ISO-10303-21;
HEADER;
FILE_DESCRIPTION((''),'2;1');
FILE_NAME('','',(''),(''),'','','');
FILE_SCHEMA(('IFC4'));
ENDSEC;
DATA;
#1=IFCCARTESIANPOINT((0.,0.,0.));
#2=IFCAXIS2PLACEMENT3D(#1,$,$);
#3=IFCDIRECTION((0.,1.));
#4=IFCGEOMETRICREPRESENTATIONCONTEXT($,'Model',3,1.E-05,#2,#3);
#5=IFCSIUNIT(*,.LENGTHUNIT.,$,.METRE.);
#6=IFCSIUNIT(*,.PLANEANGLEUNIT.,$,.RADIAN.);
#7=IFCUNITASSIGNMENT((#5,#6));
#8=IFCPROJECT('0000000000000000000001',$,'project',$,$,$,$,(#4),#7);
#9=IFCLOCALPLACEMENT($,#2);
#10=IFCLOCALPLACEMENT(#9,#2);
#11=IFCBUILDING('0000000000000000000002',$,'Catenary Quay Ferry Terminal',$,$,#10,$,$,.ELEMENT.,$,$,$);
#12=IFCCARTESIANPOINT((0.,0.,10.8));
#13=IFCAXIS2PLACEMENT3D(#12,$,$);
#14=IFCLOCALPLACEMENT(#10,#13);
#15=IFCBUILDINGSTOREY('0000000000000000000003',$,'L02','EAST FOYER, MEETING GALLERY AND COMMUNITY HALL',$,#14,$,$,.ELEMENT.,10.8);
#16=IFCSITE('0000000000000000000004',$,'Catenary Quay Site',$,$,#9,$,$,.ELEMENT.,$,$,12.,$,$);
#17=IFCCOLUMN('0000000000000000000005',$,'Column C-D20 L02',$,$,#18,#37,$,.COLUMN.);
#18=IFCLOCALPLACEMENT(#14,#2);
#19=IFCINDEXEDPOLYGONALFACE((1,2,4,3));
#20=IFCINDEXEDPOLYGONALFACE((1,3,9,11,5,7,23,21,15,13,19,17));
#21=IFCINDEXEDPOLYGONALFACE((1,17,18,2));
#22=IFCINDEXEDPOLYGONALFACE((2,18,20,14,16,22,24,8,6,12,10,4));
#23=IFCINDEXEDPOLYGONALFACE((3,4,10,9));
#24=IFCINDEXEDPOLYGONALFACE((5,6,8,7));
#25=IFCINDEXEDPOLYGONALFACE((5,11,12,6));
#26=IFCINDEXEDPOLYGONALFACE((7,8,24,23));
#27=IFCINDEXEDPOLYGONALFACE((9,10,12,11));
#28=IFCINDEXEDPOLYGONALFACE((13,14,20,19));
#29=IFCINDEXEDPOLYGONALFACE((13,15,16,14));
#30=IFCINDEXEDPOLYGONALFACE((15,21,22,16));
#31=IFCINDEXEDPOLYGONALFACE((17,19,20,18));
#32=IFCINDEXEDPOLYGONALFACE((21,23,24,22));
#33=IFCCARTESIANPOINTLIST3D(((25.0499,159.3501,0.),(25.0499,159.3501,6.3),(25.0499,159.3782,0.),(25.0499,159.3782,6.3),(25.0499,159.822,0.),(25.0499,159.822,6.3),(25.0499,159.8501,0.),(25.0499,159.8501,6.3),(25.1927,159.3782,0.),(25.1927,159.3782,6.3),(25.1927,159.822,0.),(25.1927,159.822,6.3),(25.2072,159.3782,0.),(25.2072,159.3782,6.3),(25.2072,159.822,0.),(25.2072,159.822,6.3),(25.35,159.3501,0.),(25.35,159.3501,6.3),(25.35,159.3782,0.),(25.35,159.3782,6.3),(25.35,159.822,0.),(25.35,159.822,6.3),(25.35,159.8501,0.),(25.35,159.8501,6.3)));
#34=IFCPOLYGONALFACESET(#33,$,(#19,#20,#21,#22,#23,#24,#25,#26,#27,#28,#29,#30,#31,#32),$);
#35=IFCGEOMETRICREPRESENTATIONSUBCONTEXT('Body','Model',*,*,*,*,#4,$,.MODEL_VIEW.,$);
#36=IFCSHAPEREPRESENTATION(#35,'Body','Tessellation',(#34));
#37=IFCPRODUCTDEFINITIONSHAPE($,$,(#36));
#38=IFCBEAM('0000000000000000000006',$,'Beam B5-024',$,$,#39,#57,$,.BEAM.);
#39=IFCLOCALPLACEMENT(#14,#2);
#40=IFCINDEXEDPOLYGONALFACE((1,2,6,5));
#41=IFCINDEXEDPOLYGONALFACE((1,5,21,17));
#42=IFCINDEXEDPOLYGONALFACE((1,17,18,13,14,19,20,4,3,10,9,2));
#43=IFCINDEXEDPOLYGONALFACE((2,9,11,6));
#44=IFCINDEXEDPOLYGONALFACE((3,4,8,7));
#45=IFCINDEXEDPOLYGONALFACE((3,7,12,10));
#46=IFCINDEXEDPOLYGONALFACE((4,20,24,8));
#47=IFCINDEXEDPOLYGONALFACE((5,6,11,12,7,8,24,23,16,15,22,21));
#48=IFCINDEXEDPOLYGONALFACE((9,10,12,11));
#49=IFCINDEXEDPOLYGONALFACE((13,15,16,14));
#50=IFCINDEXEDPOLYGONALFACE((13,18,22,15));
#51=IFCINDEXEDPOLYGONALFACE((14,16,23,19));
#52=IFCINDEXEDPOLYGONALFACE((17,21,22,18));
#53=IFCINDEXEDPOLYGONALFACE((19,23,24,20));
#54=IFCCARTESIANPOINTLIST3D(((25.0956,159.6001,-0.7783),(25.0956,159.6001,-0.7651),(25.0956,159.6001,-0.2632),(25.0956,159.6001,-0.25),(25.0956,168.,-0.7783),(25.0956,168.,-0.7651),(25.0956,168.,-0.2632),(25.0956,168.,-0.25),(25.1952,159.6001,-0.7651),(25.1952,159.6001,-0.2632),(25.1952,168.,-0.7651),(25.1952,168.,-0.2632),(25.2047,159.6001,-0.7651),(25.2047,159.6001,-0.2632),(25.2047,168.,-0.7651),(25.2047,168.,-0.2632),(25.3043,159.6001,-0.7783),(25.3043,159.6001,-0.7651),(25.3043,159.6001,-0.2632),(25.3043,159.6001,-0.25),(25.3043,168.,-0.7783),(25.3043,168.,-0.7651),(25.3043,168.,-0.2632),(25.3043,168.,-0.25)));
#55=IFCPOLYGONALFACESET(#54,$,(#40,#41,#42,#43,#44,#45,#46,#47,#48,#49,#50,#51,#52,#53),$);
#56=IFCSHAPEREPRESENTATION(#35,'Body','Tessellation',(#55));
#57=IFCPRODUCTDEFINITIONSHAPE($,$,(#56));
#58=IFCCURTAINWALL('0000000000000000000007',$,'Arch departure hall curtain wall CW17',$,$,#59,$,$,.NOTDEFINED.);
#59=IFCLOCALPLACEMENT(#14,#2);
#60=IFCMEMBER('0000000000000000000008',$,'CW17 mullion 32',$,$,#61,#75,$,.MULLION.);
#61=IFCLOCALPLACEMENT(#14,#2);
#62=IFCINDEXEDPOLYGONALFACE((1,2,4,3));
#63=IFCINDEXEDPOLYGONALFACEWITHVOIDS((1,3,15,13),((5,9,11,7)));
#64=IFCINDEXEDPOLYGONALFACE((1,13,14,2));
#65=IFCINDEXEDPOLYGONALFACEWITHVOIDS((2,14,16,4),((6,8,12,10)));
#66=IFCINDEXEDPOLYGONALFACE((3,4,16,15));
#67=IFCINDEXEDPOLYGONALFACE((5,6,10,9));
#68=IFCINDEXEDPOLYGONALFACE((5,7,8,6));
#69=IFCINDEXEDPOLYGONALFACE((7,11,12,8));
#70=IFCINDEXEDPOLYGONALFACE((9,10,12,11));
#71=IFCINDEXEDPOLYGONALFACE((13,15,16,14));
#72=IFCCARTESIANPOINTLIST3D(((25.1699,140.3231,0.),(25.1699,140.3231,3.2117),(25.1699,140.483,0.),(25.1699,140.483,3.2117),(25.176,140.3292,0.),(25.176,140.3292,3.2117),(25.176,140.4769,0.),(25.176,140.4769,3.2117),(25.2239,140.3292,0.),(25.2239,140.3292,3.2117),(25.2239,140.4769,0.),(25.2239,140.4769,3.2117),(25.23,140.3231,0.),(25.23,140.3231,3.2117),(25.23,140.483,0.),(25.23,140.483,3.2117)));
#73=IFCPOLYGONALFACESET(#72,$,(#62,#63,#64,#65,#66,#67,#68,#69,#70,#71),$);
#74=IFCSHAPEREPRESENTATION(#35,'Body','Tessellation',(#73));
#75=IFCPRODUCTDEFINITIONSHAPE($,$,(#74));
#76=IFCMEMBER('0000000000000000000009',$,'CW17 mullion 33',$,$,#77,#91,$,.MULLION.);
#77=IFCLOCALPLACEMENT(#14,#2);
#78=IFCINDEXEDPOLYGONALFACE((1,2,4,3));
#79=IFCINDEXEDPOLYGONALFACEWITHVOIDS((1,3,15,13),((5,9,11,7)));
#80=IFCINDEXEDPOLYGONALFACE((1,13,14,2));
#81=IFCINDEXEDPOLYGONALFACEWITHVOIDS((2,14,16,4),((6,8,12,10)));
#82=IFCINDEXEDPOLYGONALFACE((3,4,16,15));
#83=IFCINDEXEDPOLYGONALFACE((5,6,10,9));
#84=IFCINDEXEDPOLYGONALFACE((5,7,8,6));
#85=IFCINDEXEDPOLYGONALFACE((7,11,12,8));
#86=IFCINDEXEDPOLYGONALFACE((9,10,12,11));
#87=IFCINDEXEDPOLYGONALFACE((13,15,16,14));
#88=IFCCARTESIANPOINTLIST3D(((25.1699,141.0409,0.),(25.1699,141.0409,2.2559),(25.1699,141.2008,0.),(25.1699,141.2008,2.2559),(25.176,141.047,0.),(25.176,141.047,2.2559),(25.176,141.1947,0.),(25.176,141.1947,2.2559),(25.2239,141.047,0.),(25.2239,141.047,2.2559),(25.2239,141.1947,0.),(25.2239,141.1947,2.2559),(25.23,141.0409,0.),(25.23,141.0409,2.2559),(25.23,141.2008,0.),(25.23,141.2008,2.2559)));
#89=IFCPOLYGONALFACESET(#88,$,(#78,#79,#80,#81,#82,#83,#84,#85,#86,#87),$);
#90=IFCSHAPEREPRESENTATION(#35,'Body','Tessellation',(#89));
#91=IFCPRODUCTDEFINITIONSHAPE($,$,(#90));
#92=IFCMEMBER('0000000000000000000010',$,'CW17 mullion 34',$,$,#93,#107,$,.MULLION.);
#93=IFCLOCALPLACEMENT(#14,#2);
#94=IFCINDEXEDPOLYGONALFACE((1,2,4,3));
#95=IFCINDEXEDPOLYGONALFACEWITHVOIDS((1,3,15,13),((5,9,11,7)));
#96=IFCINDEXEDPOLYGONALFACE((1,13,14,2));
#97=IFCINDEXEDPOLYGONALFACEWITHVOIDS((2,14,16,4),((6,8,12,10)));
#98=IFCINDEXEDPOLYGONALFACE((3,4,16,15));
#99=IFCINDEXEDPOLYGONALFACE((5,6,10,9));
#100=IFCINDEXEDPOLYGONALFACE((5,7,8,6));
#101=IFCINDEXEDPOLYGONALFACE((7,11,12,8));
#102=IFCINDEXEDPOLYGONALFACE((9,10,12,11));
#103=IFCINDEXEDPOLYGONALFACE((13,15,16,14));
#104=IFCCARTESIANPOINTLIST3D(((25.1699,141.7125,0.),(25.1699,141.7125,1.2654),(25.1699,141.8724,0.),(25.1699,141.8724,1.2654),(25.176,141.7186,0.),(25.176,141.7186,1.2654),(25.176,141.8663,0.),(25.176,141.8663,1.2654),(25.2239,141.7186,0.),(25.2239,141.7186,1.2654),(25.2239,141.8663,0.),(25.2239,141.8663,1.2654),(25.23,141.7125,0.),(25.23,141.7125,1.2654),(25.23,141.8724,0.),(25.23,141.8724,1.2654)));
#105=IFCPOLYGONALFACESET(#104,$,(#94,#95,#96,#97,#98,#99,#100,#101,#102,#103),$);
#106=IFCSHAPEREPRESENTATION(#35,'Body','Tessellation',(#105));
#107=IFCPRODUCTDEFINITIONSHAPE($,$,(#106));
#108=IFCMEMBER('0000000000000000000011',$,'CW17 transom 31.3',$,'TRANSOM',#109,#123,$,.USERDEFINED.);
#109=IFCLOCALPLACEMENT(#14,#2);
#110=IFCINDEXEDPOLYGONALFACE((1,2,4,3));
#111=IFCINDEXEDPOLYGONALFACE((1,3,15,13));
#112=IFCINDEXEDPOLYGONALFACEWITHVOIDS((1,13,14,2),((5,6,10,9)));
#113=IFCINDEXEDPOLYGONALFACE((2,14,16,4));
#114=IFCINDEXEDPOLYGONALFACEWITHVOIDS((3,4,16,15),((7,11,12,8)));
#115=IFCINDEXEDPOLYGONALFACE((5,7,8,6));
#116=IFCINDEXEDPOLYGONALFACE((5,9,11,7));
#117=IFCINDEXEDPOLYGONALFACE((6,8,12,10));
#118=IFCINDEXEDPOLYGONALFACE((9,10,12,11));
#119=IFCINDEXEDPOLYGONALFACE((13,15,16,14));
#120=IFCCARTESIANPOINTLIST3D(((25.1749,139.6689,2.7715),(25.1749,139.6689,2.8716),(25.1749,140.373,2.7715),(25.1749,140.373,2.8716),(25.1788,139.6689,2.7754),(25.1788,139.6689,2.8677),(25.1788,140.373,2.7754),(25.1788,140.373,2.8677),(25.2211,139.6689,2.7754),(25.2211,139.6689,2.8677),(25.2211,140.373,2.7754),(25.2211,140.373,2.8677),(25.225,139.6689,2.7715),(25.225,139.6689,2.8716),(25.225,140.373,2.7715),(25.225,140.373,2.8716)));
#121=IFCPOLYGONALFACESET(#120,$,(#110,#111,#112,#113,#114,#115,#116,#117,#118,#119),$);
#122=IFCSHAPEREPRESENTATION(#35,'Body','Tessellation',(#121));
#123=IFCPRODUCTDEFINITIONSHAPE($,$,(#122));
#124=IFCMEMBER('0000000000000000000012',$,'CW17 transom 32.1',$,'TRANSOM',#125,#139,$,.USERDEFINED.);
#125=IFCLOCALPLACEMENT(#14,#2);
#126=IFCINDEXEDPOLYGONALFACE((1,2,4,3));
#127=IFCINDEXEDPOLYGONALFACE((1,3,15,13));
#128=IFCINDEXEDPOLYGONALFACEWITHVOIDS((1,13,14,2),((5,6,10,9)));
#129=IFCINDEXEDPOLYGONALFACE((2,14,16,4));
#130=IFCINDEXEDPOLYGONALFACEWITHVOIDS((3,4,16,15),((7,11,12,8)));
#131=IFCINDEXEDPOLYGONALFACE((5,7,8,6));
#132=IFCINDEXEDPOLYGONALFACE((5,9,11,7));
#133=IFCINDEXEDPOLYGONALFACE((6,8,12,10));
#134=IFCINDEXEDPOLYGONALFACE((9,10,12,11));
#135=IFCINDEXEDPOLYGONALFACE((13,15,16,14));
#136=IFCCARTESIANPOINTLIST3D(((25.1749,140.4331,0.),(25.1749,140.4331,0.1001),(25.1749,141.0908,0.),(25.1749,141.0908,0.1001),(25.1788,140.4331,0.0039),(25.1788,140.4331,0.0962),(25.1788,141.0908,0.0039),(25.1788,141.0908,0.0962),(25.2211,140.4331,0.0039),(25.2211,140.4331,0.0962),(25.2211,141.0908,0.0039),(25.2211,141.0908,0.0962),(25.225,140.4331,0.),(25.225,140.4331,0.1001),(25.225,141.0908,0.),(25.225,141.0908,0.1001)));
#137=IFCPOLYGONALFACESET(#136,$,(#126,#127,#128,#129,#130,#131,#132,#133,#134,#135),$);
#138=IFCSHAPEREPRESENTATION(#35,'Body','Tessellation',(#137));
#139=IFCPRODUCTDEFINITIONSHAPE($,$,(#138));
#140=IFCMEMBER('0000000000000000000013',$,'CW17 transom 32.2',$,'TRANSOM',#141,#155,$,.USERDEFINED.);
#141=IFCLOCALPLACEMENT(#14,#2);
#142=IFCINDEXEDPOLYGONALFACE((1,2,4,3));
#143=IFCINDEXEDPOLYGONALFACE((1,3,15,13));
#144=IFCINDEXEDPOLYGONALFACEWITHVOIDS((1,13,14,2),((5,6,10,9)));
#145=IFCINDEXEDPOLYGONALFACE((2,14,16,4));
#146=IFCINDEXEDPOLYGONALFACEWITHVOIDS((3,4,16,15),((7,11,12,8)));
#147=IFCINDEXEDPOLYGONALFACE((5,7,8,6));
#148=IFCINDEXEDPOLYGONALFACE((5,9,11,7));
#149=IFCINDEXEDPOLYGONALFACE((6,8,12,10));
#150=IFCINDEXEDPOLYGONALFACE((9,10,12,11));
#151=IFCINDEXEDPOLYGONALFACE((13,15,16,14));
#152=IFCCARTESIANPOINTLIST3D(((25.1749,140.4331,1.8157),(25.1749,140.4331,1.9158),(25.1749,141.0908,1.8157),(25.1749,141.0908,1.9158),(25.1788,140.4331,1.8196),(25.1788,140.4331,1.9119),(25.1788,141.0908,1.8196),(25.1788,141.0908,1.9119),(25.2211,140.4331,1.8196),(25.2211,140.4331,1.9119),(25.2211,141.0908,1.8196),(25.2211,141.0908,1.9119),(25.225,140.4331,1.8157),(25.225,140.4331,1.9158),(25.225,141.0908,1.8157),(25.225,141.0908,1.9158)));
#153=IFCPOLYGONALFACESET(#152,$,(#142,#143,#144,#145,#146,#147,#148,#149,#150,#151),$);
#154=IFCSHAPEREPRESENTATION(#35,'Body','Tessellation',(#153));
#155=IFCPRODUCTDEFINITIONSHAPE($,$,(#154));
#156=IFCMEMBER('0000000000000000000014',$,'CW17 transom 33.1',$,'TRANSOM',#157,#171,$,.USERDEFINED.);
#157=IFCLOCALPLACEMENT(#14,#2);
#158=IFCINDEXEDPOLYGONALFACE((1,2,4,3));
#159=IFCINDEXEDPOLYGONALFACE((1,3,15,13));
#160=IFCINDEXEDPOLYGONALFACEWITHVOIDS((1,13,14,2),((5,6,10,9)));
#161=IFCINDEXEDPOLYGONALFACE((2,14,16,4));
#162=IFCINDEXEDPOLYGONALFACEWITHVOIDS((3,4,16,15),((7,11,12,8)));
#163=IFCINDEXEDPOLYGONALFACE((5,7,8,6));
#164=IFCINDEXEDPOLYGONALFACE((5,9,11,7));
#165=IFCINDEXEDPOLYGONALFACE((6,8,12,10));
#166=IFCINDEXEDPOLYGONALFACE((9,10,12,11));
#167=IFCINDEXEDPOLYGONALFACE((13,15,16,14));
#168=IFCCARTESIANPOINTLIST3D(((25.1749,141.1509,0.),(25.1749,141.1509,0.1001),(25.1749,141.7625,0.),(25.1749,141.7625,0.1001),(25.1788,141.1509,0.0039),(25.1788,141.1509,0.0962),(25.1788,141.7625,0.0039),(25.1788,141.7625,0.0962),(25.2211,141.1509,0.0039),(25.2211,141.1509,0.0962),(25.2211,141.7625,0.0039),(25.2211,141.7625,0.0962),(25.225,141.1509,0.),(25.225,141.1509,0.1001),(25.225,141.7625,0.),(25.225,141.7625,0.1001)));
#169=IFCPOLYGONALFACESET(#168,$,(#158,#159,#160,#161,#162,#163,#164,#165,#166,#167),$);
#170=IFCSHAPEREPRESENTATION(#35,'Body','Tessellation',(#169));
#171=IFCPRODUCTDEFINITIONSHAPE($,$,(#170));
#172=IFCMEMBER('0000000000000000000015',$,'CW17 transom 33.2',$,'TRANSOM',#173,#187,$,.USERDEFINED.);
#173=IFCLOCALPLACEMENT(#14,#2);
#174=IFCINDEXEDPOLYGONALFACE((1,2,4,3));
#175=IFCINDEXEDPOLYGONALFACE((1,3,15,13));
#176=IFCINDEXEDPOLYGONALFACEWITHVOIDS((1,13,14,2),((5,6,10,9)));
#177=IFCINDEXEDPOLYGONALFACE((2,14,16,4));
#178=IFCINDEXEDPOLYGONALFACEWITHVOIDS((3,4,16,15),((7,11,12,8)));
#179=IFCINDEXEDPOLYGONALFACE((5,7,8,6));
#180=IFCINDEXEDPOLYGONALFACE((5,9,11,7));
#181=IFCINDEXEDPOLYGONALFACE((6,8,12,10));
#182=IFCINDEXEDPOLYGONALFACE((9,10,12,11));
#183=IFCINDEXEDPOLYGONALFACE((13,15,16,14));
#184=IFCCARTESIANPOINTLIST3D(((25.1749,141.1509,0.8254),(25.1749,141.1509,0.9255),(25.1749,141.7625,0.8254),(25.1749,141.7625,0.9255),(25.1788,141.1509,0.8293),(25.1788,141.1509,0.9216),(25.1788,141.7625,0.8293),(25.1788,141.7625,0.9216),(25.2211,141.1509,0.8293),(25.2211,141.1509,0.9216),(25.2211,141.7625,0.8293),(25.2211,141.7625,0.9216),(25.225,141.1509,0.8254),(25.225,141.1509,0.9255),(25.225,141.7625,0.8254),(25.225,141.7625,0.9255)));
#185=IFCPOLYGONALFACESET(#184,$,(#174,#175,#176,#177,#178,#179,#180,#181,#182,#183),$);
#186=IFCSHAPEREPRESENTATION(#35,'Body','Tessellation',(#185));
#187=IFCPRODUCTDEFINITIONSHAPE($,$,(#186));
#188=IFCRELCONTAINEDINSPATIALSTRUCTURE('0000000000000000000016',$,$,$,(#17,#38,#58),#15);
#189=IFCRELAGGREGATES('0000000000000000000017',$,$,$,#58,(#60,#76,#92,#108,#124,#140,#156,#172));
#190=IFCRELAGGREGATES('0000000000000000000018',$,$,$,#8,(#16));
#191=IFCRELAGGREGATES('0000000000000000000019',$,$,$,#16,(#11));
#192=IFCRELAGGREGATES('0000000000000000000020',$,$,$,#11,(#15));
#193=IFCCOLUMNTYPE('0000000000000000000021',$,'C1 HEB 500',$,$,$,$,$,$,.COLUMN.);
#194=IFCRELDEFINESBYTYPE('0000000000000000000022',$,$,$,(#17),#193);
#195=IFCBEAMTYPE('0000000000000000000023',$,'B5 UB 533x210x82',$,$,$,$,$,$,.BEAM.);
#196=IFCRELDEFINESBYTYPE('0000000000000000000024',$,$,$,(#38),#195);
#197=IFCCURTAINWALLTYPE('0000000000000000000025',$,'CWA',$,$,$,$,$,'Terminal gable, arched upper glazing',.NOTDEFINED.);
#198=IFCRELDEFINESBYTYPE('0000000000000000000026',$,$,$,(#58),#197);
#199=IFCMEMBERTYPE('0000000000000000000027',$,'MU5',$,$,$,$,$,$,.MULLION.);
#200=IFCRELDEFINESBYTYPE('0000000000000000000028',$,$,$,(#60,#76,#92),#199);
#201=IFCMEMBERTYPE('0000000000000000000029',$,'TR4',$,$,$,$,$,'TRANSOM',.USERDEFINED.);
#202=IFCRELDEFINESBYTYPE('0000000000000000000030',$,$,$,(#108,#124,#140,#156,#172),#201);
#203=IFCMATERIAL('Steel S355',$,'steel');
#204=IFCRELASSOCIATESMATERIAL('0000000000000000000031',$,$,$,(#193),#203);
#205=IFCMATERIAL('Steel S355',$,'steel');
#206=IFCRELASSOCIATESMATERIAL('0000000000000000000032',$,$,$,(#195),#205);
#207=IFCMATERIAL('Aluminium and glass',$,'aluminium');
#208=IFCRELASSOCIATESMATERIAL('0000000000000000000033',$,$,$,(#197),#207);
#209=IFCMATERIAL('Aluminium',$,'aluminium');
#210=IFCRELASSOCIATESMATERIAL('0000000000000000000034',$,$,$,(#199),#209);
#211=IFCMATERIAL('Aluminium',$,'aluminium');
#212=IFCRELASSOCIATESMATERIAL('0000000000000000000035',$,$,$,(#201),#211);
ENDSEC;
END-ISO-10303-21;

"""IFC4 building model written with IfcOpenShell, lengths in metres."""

from ifc_helpers import new_model, si_unit, direction, frame, origin, origin_2d, place, context, subcontext, project, spatial, hollow_rectangle, i_section, extrude, material, material_profile, profile_set, type_object, element, aggregate, save


model = new_model("IFC4")

# Units and contexts
model_context = context("Model", 3, precision=1e-05, world=origin(), true_north=direction((0.0, 1.0)))
body_context = subcontext(model_context, "Body", "Model", "MODEL_VIEW")
ifc_project = project(units=[si_unit("LENGTHUNIT", "METRE"), si_unit("PLANEANGLEUNIT", "RADIAN")], contexts=[model_context])

# Site, building, storey
site_placement = place(None, origin())
site = spatial("IfcSite", under=ifc_project, at=site_placement, Name="Catenary Quay Site", CompositionType="ELEMENT", RefElevation=12.0)
building_placement = place(site_placement, origin())
building = spatial("IfcBuilding", under=site, at=building_placement, Name="Catenary Quay Ferry Terminal", CompositionType="ELEMENT")
storey_placement = place(building_placement, frame((0.0, 0.0, 10.8)))
storey = spatial("IfcBuildingStorey", under=building, at=storey_placement, Name="L02", Description="EAST FOYER, MEETING GALLERY AND COMMUNITY HALL", CompositionType="ELEMENT", Elevation=10.8)

# Column
ifc_material_1 = material(Name="Steel S355", Category="steel")
ifc_material_profile_1 = material_profile(ifc_material_1, i_section(OverallWidth=0.3, OverallDepth=0.5, WebThickness=0.0144, FlangeThickness=0.0281, at=origin_2d()), Name="HEB 500")
ifc_profile_set_1 = profile_set([ifc_material_profile_1], Name="Steel S355")
column_type = type_object("IfcColumnType", Name="C1 HEB 500", PredefinedType="COLUMN", material=ifc_profile_set_1)
column_placement = place(storey_placement, frame((25.2, 159.6001, 0.0), z_axis=(0.0, 0.0, 1.0), x_axis=(1.0, 0.0, 0.0)))
element("IfcColumn", 1, at=column_placement, inside=storey, type_object=column_type, Name="Column C-D20 L02", PredefinedType="COLUMN", context=body_context, shape_type="SweptSolid", body=[
    extrude(i_section(OverallWidth=0.3, OverallDepth=0.5, WebThickness=0.0144, FlangeThickness=0.0281, at=origin_2d()), origin(), (0.0, 0.0, 1.0), 6.3),
])

# Beam
ifc_material_2 = material(Name="Steel S355", Category="steel")
ifc_material_profile_2 = material_profile(ifc_material_2, i_section(OverallWidth=0.2087, OverallDepth=0.5283, WebThickness=0.0095, FlangeThickness=0.0132, at=origin_2d()), Name="UB 533x210x82")
ifc_profile_set_2 = profile_set([ifc_material_profile_2], Name="Steel S355")
beam_type = type_object("IfcBeamType", Name="B5 UB 533x210x82", PredefinedType="BEAM", material=ifc_profile_set_2)
beam_placement = place(storey_placement, frame((25.2, 159.6001, -0.5142), z_axis=(0.0, 1.0, 0.0), x_axis=(-1.0, 0.0, 0.0)))
element("IfcBeam", 2, at=beam_placement, inside=storey, type_object=beam_type, Name="Beam B5-024", PredefinedType="BEAM", context=body_context, shape_type="SweptSolid", body=[
    extrude(i_section(OverallWidth=0.2087, OverallDepth=0.5283, WebThickness=0.0095, FlangeThickness=0.0132, at=origin_2d()), origin(), (0.0, 0.0, 1.0), 8.3999),
])

# Curtain wall, members
ifc_material_3 = material(Name="Aluminium and glass", Category="aluminium")
curtain_wall_type = type_object("IfcCurtainWallType", Name="CWA", ElementType="Terminal gable, arched upper glazing", PredefinedType="NOTDEFINED", material=ifc_material_3)
curtain_wall_placement = place(storey_placement, origin())
curtain_wall = element("IfcCurtainWall", 3, at=curtain_wall_placement, inside=storey, type_object=curtain_wall_type, Name="Arch departure hall curtain wall CW17", PredefinedType="NOTDEFINED")
ifc_material_4 = material(Name="Aluminium", Category="aluminium")
ifc_material_profile_3 = material_profile(ifc_material_4, hollow_rectangle(XDim=0.0601, YDim=0.1599, WallThickness=0.0061, at=origin_2d()), Name="MU5")
ifc_profile_set_3 = profile_set([ifc_material_profile_3], Name="Aluminium")
member_type_1 = type_object("IfcMemberType", Name="MU5", PredefinedType="MULLION", material=ifc_profile_set_3)
member_1_placement = place(storey_placement, frame((25.2, 140.4031, 0.0), z_axis=(0.0, 0.0, 1.0), x_axis=(-1.0, 0.0, 0.0)))
member_1 = element("IfcMember", 4, at=member_1_placement, type_object=member_type_1, Name="CW17 mullion 32", PredefinedType="MULLION", context=body_context, shape_type="SweptSolid", body=[
    extrude(hollow_rectangle(XDim=0.0601, YDim=0.1599, WallThickness=0.0061, at=origin_2d()), origin(), (0.0, 0.0, 1.0), 3.2117),
])
member_2_placement = place(storey_placement, frame((25.2, 141.1208, 0.0), z_axis=(0.0, 0.0, 1.0), x_axis=(-1.0, 0.0, 0.0)))
member_2 = element("IfcMember", 5, at=member_2_placement, type_object=member_type_1, Name="CW17 mullion 33", PredefinedType="MULLION", context=body_context, shape_type="SweptSolid", body=[
    extrude(hollow_rectangle(XDim=0.0601, YDim=0.1599, WallThickness=0.0061, at=origin_2d()), origin(), (0.0, 0.0, 1.0), 2.2559),
])
member_3_placement = place(storey_placement, frame((25.2, 141.7925, 0.0), z_axis=(0.0, 0.0, 1.0), x_axis=(-1.0, 0.0, 0.0)))
member_3 = element("IfcMember", 6, at=member_3_placement, type_object=member_type_1, Name="CW17 mullion 34", PredefinedType="MULLION", context=body_context, shape_type="SweptSolid", body=[
    extrude(hollow_rectangle(XDim=0.0601, YDim=0.1599, WallThickness=0.0061, at=origin_2d()), origin(), (0.0, 0.0, 1.0), 1.2654),
])
ifc_material_5 = material(Name="Aluminium", Category="aluminium")
ifc_material_profile_4 = material_profile(ifc_material_5, hollow_rectangle(XDim=0.05, YDim=0.1001, WallThickness=0.0039, at=origin_2d()), Name="TR4")
ifc_profile_set_4 = profile_set([ifc_material_profile_4], Name="Aluminium")
member_type_2 = type_object("IfcMemberType", Name="TR4", ElementType="TRANSOM", PredefinedType="USERDEFINED", material=ifc_profile_set_4)
member_4_placement = place(storey_placement, frame((25.2, 139.6689, 2.8215), z_axis=(0.0, 1.0, 0.0), x_axis=(-1.0, 0.0, 0.0)))
member_4 = element("IfcMember", 7, at=member_4_placement, type_object=member_type_2, Name="CW17 transom 31.3", ObjectType="TRANSOM", PredefinedType="USERDEFINED", context=body_context, shape_type="SweptSolid", body=[
    extrude(hollow_rectangle(XDim=0.05, YDim=0.1001, WallThickness=0.0039, at=origin_2d()), origin(), (0.0, 0.0, 1.0), 0.7041),
])
member_5_placement = place(storey_placement, frame((25.2, 140.4331, 0.05), z_axis=(0.0, 1.0, 0.0), x_axis=(-1.0, 0.0, 0.0)))
member_5 = element("IfcMember", 8, at=member_5_placement, type_object=member_type_2, Name="CW17 transom 32.1", ObjectType="TRANSOM", PredefinedType="USERDEFINED", context=body_context, shape_type="SweptSolid", body=[
    extrude(hollow_rectangle(XDim=0.05, YDim=0.1001, WallThickness=0.0039, at=origin_2d()), origin(), (0.0, 0.0, 1.0), 0.6577),
])
member_6_placement = place(storey_placement, frame((25.2, 140.4331, 1.8657), z_axis=(0.0, 1.0, 0.0), x_axis=(-1.0, 0.0, 0.0)))
member_6 = element("IfcMember", 9, at=member_6_placement, type_object=member_type_2, Name="CW17 transom 32.2", ObjectType="TRANSOM", PredefinedType="USERDEFINED", context=body_context, shape_type="SweptSolid", body=[
    extrude(hollow_rectangle(XDim=0.05, YDim=0.1001, WallThickness=0.0039, at=origin_2d()), origin(), (0.0, 0.0, 1.0), 0.6577),
])
member_7_placement = place(storey_placement, frame((25.2, 141.1509, 0.05), z_axis=(0.0, 1.0, 0.0), x_axis=(-1.0, 0.0, 0.0)))
member_7 = element("IfcMember", 10, at=member_7_placement, type_object=member_type_2, Name="CW17 transom 33.1", ObjectType="TRANSOM", PredefinedType="USERDEFINED", context=body_context, shape_type="SweptSolid", body=[
    extrude(hollow_rectangle(XDim=0.05, YDim=0.1001, WallThickness=0.0039, at=origin_2d()), origin(), (0.0, 0.0, 1.0), 0.6116),
])
member_8_placement = place(storey_placement, frame((25.2, 141.1509, 0.8755), z_axis=(0.0, 1.0, 0.0), x_axis=(-1.0, 0.0, 0.0)))
member_8 = element("IfcMember", 11, at=member_8_placement, type_object=member_type_2, Name="CW17 transom 33.2", ObjectType="TRANSOM", PredefinedType="USERDEFINED", context=body_context, shape_type="SweptSolid", body=[
    extrude(hollow_rectangle(XDim=0.05, YDim=0.1001, WallThickness=0.0039, at=origin_2d()), origin(), (0.0, 0.0, 1.0), 0.6116),
])

aggregate(curtain_wall, [member_1, member_2, member_3, member_4, member_5, member_6, member_7, member_8])

save(model, "model.ifc")
